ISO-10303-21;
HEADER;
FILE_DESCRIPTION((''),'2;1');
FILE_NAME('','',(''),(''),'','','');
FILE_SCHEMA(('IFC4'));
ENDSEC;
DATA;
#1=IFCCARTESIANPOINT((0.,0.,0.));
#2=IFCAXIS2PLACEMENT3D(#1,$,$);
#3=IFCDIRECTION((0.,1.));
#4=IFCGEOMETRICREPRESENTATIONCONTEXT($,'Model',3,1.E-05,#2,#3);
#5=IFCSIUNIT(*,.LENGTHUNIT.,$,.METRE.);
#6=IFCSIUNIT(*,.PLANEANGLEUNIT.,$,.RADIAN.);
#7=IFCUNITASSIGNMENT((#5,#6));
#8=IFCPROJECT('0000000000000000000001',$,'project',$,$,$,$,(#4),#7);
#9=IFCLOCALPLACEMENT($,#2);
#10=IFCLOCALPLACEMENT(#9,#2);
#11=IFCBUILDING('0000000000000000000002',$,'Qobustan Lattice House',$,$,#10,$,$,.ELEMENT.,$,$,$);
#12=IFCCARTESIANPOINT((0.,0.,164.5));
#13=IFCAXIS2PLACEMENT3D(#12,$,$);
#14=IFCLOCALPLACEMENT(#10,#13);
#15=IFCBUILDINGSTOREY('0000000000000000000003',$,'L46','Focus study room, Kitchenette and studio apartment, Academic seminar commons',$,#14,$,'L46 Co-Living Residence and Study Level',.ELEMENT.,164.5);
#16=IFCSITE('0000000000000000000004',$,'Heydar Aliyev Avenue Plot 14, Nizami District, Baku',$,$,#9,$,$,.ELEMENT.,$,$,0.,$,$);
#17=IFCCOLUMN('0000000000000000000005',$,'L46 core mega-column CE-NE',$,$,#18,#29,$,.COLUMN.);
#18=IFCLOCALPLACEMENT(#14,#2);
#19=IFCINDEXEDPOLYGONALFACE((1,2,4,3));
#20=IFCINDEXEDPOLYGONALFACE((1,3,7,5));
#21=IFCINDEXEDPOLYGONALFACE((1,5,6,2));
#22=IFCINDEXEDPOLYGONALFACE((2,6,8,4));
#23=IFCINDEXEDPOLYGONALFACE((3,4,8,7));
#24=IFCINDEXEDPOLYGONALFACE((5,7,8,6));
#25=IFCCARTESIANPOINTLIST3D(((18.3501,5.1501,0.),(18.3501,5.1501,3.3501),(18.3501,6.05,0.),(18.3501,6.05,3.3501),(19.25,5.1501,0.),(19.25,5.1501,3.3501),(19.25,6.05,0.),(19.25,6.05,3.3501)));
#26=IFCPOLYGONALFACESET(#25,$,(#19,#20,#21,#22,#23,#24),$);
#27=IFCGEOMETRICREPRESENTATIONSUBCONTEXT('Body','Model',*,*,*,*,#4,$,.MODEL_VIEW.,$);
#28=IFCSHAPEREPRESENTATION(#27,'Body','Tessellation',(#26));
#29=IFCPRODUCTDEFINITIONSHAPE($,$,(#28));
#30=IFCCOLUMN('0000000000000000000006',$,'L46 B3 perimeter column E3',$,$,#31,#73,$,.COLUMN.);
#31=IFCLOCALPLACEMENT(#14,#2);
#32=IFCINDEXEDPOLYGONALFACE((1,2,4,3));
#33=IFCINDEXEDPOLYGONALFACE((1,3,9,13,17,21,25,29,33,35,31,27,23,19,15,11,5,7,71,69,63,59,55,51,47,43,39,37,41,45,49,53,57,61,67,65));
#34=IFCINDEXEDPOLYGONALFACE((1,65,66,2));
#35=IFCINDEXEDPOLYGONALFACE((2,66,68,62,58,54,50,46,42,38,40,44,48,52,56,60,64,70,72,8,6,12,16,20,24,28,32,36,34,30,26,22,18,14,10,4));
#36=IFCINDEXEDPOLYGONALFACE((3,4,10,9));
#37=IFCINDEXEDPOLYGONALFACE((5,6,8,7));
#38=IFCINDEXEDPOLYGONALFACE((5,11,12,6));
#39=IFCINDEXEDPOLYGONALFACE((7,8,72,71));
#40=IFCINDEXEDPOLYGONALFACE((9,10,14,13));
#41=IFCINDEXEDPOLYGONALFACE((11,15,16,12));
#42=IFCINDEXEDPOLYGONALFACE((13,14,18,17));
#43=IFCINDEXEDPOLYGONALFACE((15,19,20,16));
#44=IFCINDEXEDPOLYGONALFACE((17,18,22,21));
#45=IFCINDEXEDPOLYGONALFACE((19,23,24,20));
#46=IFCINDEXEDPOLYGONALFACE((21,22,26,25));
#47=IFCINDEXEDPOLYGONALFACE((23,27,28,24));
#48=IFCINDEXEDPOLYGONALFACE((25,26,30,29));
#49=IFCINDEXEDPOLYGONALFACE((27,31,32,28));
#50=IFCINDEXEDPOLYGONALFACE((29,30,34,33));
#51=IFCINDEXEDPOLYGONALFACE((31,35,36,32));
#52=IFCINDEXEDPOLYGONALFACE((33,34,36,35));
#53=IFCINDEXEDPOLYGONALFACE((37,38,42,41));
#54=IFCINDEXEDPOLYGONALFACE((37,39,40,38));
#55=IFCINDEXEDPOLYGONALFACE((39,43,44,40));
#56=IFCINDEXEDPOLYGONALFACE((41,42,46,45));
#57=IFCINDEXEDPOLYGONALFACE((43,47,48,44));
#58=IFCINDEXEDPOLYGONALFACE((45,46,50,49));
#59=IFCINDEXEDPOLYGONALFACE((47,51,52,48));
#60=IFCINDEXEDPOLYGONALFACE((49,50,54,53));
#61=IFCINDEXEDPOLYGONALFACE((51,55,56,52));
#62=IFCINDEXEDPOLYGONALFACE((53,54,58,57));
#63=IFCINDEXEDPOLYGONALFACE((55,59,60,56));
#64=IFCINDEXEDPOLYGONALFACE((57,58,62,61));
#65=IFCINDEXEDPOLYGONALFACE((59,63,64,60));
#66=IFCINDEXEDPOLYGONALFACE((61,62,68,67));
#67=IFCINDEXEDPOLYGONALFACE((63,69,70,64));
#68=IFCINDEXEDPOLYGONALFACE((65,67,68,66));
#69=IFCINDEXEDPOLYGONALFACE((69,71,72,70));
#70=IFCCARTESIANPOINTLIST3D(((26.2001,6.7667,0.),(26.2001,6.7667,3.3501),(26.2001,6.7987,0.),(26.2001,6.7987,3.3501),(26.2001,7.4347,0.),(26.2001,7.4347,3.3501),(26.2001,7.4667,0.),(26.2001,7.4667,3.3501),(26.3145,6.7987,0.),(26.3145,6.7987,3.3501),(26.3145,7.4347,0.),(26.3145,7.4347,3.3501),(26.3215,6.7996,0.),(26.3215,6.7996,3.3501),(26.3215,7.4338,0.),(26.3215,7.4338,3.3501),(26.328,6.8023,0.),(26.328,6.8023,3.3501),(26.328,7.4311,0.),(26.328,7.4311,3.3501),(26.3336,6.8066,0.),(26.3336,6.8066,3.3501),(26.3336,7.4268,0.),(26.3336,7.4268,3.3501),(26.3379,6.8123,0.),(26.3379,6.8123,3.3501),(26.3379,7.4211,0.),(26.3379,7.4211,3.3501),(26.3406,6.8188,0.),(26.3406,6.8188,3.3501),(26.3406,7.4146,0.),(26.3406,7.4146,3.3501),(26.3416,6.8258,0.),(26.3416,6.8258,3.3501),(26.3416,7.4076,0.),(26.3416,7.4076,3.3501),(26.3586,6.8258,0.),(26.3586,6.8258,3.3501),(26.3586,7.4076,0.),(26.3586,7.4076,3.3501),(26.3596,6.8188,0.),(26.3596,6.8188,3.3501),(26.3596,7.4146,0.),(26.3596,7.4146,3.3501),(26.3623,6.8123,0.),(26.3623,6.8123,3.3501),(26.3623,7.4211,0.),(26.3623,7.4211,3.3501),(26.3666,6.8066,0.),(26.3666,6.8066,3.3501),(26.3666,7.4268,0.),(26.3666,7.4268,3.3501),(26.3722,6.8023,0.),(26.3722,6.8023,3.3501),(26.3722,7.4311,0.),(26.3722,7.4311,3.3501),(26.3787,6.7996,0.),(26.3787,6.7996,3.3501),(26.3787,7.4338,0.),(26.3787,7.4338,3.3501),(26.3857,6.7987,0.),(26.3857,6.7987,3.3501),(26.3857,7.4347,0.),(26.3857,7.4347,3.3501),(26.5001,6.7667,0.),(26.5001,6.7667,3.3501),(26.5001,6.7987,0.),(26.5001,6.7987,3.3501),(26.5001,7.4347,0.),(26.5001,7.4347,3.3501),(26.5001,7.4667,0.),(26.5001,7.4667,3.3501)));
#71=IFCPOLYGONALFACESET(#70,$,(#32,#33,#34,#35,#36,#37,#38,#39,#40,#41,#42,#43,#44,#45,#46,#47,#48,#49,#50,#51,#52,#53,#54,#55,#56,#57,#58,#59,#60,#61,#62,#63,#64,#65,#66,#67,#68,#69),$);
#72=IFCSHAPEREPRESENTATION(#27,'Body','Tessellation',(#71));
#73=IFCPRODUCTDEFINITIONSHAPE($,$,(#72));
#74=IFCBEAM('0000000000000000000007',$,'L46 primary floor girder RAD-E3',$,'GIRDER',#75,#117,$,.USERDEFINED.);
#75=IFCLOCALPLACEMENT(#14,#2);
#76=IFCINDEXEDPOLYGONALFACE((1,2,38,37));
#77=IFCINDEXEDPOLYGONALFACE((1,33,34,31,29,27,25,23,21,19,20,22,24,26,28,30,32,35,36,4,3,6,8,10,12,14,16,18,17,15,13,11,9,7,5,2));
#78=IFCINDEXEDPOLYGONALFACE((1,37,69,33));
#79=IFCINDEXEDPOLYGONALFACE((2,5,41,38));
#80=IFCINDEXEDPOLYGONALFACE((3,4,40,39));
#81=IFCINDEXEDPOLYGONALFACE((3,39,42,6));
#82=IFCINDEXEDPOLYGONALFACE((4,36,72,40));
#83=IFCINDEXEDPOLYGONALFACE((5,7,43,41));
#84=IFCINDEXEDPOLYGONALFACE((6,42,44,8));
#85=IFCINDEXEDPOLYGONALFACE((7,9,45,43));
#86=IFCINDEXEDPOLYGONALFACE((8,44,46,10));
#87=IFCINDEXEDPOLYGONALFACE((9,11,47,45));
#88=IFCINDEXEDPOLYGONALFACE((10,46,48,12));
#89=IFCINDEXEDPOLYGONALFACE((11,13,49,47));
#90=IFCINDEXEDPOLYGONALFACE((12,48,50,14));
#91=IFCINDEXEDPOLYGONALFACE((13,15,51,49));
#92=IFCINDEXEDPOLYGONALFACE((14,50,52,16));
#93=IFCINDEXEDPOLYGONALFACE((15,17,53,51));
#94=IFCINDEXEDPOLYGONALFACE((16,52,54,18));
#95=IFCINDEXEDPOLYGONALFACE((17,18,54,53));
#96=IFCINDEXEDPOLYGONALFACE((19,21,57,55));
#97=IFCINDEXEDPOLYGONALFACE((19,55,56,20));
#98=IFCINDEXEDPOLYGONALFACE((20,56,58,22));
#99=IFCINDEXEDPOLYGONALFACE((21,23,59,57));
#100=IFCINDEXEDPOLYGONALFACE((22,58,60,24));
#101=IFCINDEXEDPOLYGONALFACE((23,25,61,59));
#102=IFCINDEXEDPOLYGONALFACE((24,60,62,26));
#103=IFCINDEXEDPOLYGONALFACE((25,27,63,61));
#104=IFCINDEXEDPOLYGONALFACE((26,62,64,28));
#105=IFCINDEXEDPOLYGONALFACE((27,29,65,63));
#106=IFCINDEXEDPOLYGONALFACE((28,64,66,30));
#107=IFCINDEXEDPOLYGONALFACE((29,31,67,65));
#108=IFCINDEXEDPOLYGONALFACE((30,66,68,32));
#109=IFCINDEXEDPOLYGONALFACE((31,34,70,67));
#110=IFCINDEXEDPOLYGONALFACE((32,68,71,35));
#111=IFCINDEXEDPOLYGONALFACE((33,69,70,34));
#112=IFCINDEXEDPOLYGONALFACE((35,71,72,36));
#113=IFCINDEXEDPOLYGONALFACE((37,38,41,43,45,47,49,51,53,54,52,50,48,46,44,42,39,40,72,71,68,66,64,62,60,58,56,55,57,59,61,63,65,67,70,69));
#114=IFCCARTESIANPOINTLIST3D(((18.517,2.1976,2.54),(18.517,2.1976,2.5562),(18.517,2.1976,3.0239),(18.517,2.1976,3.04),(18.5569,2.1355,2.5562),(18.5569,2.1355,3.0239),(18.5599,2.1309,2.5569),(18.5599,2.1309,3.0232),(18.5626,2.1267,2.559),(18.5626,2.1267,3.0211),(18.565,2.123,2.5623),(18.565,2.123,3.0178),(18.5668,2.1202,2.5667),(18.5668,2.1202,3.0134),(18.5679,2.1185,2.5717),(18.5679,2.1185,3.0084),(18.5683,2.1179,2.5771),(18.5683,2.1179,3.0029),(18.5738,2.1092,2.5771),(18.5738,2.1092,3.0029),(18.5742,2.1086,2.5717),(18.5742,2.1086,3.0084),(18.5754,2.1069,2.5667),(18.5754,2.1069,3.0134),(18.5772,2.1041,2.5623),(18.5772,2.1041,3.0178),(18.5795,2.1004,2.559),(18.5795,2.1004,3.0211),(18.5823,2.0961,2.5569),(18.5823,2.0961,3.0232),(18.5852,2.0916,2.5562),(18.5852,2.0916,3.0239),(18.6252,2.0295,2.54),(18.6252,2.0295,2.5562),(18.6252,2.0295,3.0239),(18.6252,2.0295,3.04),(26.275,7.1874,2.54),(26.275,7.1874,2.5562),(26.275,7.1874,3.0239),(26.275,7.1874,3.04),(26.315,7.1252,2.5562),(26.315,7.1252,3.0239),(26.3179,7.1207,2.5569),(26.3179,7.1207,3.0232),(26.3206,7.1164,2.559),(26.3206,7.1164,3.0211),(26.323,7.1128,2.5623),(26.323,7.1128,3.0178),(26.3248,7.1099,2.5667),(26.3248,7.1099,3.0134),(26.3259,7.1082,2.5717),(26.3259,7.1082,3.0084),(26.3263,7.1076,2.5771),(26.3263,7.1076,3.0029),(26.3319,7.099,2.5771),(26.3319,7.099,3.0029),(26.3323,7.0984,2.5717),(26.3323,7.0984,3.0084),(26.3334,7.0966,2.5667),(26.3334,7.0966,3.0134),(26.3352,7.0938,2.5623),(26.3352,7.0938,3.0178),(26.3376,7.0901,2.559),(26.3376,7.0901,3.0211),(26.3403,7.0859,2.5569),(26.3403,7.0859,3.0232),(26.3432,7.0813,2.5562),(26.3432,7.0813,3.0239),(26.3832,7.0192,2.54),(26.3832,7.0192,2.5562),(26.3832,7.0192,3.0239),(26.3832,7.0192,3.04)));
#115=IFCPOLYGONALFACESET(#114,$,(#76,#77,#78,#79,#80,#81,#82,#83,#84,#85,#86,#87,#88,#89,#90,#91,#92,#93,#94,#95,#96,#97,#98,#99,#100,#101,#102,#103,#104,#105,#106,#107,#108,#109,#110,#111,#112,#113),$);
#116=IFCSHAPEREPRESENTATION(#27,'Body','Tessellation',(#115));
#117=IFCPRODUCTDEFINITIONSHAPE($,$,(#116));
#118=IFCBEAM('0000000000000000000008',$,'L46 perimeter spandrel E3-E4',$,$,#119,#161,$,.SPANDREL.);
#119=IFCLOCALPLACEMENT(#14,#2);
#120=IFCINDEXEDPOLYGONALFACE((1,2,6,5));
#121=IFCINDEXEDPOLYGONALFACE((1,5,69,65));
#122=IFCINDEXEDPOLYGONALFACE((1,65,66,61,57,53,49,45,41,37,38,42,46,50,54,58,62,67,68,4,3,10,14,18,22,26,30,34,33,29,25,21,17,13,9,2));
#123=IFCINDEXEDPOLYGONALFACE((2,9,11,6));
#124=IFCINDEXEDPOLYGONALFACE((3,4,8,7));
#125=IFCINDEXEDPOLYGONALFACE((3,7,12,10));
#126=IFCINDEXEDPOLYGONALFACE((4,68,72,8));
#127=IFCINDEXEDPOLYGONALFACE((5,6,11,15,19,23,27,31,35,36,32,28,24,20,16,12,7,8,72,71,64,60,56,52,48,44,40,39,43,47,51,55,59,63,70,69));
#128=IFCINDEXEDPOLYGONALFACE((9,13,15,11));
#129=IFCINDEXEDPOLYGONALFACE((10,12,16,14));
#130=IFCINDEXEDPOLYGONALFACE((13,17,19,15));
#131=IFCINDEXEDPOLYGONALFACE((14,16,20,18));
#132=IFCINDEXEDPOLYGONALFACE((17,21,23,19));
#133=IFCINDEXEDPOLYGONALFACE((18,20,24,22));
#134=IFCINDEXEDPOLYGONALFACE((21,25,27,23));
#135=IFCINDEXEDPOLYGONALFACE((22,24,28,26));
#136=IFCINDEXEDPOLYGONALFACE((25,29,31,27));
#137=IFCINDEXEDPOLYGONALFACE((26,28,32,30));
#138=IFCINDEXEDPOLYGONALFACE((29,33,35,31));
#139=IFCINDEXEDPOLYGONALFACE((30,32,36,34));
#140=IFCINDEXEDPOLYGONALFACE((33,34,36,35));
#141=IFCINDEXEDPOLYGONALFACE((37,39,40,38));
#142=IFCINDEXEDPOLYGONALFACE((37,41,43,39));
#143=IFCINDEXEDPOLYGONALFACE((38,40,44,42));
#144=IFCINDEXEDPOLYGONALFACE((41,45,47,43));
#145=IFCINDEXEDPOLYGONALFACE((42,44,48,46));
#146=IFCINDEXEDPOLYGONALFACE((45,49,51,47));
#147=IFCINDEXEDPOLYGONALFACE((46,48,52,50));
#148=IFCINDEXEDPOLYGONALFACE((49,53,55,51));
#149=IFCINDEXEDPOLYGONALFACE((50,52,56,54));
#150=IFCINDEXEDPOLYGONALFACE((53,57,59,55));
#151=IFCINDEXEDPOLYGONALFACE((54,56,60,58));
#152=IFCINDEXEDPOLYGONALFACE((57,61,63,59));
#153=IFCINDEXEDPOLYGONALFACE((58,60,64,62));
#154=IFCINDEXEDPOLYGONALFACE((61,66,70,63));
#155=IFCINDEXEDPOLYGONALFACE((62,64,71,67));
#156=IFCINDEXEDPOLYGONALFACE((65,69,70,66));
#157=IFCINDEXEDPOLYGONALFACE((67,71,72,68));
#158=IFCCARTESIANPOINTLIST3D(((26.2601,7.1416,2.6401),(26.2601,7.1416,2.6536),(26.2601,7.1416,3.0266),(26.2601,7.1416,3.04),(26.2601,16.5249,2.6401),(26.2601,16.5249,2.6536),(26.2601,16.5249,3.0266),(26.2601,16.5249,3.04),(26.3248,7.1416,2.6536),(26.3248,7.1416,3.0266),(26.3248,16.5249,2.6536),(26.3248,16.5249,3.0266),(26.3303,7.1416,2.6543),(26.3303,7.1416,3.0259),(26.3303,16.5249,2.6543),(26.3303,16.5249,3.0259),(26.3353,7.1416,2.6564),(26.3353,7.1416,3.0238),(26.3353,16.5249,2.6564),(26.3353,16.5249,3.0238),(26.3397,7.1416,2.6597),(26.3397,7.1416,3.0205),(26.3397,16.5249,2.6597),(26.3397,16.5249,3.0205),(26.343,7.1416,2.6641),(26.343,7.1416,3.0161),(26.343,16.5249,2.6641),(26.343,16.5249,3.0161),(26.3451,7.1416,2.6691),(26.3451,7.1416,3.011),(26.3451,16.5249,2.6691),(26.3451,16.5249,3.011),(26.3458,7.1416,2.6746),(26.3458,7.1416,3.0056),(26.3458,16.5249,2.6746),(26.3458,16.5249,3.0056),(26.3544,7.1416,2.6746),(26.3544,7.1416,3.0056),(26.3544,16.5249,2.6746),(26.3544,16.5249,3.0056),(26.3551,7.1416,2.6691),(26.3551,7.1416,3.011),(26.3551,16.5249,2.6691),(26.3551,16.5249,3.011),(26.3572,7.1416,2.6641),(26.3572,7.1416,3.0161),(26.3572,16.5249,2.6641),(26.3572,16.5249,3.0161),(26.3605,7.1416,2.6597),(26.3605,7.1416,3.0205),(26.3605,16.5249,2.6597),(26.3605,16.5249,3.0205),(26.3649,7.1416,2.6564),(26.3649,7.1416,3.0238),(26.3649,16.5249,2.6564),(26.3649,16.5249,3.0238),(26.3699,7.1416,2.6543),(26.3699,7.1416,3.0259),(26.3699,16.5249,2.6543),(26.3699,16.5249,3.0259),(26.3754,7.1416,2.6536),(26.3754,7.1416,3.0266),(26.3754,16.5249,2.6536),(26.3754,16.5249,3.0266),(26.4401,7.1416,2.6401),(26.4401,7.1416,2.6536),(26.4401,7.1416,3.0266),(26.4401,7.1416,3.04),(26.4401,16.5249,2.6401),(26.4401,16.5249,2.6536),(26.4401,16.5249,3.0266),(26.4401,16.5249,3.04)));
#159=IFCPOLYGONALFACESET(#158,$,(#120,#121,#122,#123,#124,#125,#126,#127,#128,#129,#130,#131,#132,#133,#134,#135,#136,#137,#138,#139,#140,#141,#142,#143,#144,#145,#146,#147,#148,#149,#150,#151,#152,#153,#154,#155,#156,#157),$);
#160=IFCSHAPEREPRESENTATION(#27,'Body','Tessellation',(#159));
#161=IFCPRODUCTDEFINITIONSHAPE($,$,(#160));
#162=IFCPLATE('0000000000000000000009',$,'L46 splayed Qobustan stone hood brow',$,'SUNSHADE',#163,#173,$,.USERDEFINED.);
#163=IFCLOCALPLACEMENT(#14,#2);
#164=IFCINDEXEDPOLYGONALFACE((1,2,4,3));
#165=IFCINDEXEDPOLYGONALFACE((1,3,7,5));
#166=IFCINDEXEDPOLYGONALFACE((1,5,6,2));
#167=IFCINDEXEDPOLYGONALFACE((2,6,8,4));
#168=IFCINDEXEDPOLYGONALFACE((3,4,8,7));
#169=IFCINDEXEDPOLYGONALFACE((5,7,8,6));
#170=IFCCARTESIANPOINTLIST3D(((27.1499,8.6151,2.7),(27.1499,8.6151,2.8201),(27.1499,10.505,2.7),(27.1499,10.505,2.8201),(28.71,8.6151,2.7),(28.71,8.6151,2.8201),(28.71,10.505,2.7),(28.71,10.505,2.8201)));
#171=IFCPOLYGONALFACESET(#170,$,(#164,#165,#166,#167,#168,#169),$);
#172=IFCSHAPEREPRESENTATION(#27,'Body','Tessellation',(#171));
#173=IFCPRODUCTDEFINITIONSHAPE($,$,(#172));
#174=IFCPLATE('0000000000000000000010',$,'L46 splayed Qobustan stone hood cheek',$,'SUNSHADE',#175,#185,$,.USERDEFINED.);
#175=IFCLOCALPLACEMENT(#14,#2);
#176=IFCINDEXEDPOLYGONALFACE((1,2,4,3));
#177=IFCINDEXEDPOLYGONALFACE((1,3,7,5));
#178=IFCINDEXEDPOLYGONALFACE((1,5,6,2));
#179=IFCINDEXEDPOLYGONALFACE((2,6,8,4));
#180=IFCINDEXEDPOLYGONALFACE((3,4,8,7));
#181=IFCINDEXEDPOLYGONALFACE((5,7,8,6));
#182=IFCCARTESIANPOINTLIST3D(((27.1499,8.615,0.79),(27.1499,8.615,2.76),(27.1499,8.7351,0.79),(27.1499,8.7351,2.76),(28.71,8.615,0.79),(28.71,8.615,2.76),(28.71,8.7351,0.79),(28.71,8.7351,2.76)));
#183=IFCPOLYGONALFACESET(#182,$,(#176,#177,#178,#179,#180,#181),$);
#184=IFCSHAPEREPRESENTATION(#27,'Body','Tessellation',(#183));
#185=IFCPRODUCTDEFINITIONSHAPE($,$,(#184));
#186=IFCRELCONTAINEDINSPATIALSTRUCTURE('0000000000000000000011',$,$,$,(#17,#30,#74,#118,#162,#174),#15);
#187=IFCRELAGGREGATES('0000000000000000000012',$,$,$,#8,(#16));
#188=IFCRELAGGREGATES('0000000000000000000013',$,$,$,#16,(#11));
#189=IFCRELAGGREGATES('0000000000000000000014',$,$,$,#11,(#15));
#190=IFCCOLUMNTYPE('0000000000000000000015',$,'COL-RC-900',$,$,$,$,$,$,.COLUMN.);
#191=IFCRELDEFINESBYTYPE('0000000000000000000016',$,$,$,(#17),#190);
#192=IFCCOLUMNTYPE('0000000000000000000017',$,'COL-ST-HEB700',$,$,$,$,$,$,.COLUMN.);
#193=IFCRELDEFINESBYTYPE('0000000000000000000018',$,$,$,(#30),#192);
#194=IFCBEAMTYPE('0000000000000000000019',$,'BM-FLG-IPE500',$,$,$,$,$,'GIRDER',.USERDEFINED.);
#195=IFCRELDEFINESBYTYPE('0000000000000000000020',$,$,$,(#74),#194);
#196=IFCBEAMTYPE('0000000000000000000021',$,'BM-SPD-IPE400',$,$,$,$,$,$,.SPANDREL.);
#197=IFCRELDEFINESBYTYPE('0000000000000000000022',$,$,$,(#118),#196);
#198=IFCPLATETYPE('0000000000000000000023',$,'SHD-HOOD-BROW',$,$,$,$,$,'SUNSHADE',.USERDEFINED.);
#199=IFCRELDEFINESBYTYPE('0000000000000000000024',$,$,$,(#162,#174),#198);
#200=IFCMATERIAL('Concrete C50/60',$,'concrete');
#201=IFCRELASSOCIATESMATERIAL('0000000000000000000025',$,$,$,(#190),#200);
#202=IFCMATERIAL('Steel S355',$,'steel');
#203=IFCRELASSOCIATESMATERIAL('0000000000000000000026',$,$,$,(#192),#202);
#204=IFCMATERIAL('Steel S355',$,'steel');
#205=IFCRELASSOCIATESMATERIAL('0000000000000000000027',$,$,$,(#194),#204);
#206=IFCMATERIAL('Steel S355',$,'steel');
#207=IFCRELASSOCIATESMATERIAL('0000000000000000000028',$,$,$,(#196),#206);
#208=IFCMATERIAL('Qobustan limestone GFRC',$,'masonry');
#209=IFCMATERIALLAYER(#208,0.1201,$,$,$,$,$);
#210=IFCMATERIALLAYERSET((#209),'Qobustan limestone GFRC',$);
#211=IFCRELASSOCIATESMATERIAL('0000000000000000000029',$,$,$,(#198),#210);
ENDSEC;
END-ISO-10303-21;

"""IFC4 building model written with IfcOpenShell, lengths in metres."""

from ifc_helpers import new_model, si_unit, direction, frame, origin, origin_2d, place, context, subcontext, project, spatial, rectangle, i_section, extrude, material, layer, layer_set, material_profile, profile_set, type_object, element, save


model = new_model("IFC4")

# Units and contexts
model_context = context("Model", 3, precision=1e-05, world=origin(), true_north=direction((0.0, 1.0)))
body_context = subcontext(model_context, "Body", "Model", "MODEL_VIEW")
ifc_project = project(units=[si_unit("LENGTHUNIT", "METRE"), si_unit("PLANEANGLEUNIT", "RADIAN")], contexts=[model_context])

# Site, building, storey
site_placement = place(None, origin())
site = spatial("IfcSite", under=ifc_project, at=site_placement, Name="Heydar Aliyev Avenue Plot 14, Nizami District, Baku", CompositionType="ELEMENT", RefElevation=0.0)
building_placement = place(site_placement, origin())
building = spatial("IfcBuilding", under=site, at=building_placement, Name="Qobustan Lattice House", CompositionType="ELEMENT")
storey_placement = place(building_placement, frame((0.0, 0.0, 164.5)))
storey = spatial("IfcBuildingStorey", under=building, at=storey_placement, Name="L46", Description="Focus study room, Kitchenette and studio apartment, Academic seminar commons", LongName="L46 Co-Living Residence and Study Level", CompositionType="ELEMENT", Elevation=164.5)

# Columns
ifc_material_1 = material(Name="Concrete C50/60", Category="concrete")
ifc_material_profile_1 = material_profile(ifc_material_1, rectangle(XDim=0.8999, YDim=0.8999, at=origin_2d()), Name="RC900x900")
ifc_profile_set_1 = profile_set([ifc_material_profile_1], Name="Concrete C50/60")
column_type_1 = type_object("IfcColumnType", Name="COL-RC-900", PredefinedType="COLUMN", material=ifc_profile_set_1)
column_1_placement = place(storey_placement, frame((18.8, 5.6001, 0.0), z_axis=(0.0, 0.0, 1.0), x_axis=(1.0, 0.0, 0.0)))
element("IfcColumn", 1, at=column_1_placement, inside=storey, type_object=column_type_1, Name="L46 core mega-column CE-NE", PredefinedType="COLUMN", context=body_context, shape_type="SweptSolid", body=[
    extrude(rectangle(XDim=0.8999, YDim=0.8999, at=origin_2d()), origin(), (0.0, 0.0, 1.0), 3.3501),
])
ifc_material_2 = material(Name="Steel S355", Category="steel")
ifc_material_profile_2 = material_profile(ifc_material_2, i_section(OverallWidth=0.3, OverallDepth=0.7, WebThickness=0.0171, FlangeThickness=0.032, FilletRadius=0.0271, at=origin_2d()), Name="HEB700")
ifc_profile_set_2 = profile_set([ifc_material_profile_2], Name="Steel S355")
column_type_2 = type_object("IfcColumnType", Name="COL-ST-HEB700", PredefinedType="COLUMN", material=ifc_profile_set_2)
column_2_placement = place(storey_placement, frame((26.3501, 7.1167, 0.0), z_axis=(0.0, 0.0, 1.0), x_axis=(1.0, 0.0, 0.0)))
element("IfcColumn", 2, at=column_2_placement, inside=storey, type_object=column_type_2, Name="L46 B3 perimeter column E3", PredefinedType="COLUMN", context=body_context, shape_type="SweptSolid", body=[
    extrude(i_section(OverallWidth=0.3, OverallDepth=0.7, WebThickness=0.0171, FlangeThickness=0.032, FilletRadius=0.0271, at=origin_2d()), origin(), (0.0, 0.0, 1.0), 3.3501),
])

# Beams
ifc_material_3 = material(Name="Steel S355", Category="steel")
ifc_material_profile_3 = material_profile(ifc_material_3, i_section(OverallWidth=0.2, OverallDepth=0.5, WebThickness=0.0103, FlangeThickness=0.0161, FilletRadius=0.021, at=origin_2d()), Name="IPE500")
ifc_profile_set_3 = profile_set([ifc_material_profile_3], Name="Steel S355")
beam_type_1 = type_object("IfcBeamType", Name="BM-FLG-IPE500", ElementType="GIRDER", PredefinedType="USERDEFINED", material=ifc_profile_set_3)
beam_1_placement = place(storey_placement, frame((26.3291, 7.1033, 2.79), z_axis=(-0.841059, -0.540944, 0.0), x_axis=(0.540944, -0.841059, 0.0)))
element("IfcBeam", 3, at=beam_1_placement, inside=storey, type_object=beam_type_1, Name="L46 primary floor girder RAD-E3", ObjectType="GIRDER", PredefinedType="USERDEFINED", context=body_context, shape_type="SweptSolid", body=[
    extrude(i_section(OverallWidth=0.2, OverallDepth=0.5, WebThickness=0.0103, FlangeThickness=0.0161, FilletRadius=0.021, at=origin_2d()), origin(), (0.0, 0.0, 1.0), 9.2241),
])
ifc_material_4 = material(Name="Steel S355", Category="steel")
ifc_material_profile_4 = material_profile(ifc_material_4, i_section(OverallWidth=0.1799, OverallDepth=0.3999, WebThickness=0.0085, FlangeThickness=0.0134, FilletRadius=0.021, at=origin_2d()), Name="IPE400")
ifc_profile_set_4 = profile_set([ifc_material_profile_4], Name="Steel S355")
beam_type_2 = type_object("IfcBeamType", Name="BM-SPD-IPE400", PredefinedType="SPANDREL", material=ifc_profile_set_4)
beam_2_placement = place(storey_placement, frame((26.3501, 7.1416, 2.8401), z_axis=(0.0, 1.0, 0.0), x_axis=(-1.0, 0.0, 0.0)))
element("IfcBeam", 4, at=beam_2_placement, inside=storey, type_object=beam_type_2, Name="L46 perimeter spandrel E3-E4", PredefinedType="SPANDREL", context=body_context, shape_type="SweptSolid", body=[
    extrude(i_section(OverallWidth=0.1799, OverallDepth=0.3999, WebThickness=0.0085, FlangeThickness=0.0134, FilletRadius=0.021, at=origin_2d()), origin(), (0.0, 0.0, 1.0), 9.3833),
])

# Plates
ifc_material_5 = material(Name="Qobustan limestone GFRC", Category="masonry")
ifc_layer_1 = layer(ifc_material_5, 0.1201)
ifc_layer_set_1 = layer_set([ifc_layer_1], Name="Qobustan limestone GFRC")
plate_type = type_object("IfcPlateType", Name="SHD-HOOD-BROW", ElementType="SUNSHADE", PredefinedType="USERDEFINED", material=ifc_layer_set_1)
plate_1_placement = place(storey_placement, frame((27.9299, 9.5601, 2.7), z_axis=(0.0, 0.0, 1.0), x_axis=(0.0, -1.0, 0.0)))
element("IfcPlate", 5, at=plate_1_placement, inside=storey, type_object=plate_type, Name="L46 splayed Qobustan stone hood brow", ObjectType="SUNSHADE", PredefinedType="USERDEFINED", context=body_context, shape_type="SweptSolid", body=[
    extrude(rectangle(XDim=1.8899, YDim=1.5601, at=origin_2d()), origin(), (0.0, 0.0, 1.0), 0.1201),
])
plate_2_placement = place(storey_placement, frame((27.9299, 8.675, 0.79), z_axis=(0.0, 0.0, 1.0), x_axis=(0.0, -1.0, 0.0)))
element("IfcPlate", 6, at=plate_2_placement, inside=storey, type_object=plate_type, Name="L46 splayed Qobustan stone hood cheek", ObjectType="SUNSHADE", PredefinedType="USERDEFINED", context=body_context, shape_type="SweptSolid", body=[
    extrude(rectangle(XDim=0.1201, YDim=1.5601, at=origin_2d()), origin(), (0.0, 0.0, 1.0), 1.97),
])

save(model, "model.ifc")
